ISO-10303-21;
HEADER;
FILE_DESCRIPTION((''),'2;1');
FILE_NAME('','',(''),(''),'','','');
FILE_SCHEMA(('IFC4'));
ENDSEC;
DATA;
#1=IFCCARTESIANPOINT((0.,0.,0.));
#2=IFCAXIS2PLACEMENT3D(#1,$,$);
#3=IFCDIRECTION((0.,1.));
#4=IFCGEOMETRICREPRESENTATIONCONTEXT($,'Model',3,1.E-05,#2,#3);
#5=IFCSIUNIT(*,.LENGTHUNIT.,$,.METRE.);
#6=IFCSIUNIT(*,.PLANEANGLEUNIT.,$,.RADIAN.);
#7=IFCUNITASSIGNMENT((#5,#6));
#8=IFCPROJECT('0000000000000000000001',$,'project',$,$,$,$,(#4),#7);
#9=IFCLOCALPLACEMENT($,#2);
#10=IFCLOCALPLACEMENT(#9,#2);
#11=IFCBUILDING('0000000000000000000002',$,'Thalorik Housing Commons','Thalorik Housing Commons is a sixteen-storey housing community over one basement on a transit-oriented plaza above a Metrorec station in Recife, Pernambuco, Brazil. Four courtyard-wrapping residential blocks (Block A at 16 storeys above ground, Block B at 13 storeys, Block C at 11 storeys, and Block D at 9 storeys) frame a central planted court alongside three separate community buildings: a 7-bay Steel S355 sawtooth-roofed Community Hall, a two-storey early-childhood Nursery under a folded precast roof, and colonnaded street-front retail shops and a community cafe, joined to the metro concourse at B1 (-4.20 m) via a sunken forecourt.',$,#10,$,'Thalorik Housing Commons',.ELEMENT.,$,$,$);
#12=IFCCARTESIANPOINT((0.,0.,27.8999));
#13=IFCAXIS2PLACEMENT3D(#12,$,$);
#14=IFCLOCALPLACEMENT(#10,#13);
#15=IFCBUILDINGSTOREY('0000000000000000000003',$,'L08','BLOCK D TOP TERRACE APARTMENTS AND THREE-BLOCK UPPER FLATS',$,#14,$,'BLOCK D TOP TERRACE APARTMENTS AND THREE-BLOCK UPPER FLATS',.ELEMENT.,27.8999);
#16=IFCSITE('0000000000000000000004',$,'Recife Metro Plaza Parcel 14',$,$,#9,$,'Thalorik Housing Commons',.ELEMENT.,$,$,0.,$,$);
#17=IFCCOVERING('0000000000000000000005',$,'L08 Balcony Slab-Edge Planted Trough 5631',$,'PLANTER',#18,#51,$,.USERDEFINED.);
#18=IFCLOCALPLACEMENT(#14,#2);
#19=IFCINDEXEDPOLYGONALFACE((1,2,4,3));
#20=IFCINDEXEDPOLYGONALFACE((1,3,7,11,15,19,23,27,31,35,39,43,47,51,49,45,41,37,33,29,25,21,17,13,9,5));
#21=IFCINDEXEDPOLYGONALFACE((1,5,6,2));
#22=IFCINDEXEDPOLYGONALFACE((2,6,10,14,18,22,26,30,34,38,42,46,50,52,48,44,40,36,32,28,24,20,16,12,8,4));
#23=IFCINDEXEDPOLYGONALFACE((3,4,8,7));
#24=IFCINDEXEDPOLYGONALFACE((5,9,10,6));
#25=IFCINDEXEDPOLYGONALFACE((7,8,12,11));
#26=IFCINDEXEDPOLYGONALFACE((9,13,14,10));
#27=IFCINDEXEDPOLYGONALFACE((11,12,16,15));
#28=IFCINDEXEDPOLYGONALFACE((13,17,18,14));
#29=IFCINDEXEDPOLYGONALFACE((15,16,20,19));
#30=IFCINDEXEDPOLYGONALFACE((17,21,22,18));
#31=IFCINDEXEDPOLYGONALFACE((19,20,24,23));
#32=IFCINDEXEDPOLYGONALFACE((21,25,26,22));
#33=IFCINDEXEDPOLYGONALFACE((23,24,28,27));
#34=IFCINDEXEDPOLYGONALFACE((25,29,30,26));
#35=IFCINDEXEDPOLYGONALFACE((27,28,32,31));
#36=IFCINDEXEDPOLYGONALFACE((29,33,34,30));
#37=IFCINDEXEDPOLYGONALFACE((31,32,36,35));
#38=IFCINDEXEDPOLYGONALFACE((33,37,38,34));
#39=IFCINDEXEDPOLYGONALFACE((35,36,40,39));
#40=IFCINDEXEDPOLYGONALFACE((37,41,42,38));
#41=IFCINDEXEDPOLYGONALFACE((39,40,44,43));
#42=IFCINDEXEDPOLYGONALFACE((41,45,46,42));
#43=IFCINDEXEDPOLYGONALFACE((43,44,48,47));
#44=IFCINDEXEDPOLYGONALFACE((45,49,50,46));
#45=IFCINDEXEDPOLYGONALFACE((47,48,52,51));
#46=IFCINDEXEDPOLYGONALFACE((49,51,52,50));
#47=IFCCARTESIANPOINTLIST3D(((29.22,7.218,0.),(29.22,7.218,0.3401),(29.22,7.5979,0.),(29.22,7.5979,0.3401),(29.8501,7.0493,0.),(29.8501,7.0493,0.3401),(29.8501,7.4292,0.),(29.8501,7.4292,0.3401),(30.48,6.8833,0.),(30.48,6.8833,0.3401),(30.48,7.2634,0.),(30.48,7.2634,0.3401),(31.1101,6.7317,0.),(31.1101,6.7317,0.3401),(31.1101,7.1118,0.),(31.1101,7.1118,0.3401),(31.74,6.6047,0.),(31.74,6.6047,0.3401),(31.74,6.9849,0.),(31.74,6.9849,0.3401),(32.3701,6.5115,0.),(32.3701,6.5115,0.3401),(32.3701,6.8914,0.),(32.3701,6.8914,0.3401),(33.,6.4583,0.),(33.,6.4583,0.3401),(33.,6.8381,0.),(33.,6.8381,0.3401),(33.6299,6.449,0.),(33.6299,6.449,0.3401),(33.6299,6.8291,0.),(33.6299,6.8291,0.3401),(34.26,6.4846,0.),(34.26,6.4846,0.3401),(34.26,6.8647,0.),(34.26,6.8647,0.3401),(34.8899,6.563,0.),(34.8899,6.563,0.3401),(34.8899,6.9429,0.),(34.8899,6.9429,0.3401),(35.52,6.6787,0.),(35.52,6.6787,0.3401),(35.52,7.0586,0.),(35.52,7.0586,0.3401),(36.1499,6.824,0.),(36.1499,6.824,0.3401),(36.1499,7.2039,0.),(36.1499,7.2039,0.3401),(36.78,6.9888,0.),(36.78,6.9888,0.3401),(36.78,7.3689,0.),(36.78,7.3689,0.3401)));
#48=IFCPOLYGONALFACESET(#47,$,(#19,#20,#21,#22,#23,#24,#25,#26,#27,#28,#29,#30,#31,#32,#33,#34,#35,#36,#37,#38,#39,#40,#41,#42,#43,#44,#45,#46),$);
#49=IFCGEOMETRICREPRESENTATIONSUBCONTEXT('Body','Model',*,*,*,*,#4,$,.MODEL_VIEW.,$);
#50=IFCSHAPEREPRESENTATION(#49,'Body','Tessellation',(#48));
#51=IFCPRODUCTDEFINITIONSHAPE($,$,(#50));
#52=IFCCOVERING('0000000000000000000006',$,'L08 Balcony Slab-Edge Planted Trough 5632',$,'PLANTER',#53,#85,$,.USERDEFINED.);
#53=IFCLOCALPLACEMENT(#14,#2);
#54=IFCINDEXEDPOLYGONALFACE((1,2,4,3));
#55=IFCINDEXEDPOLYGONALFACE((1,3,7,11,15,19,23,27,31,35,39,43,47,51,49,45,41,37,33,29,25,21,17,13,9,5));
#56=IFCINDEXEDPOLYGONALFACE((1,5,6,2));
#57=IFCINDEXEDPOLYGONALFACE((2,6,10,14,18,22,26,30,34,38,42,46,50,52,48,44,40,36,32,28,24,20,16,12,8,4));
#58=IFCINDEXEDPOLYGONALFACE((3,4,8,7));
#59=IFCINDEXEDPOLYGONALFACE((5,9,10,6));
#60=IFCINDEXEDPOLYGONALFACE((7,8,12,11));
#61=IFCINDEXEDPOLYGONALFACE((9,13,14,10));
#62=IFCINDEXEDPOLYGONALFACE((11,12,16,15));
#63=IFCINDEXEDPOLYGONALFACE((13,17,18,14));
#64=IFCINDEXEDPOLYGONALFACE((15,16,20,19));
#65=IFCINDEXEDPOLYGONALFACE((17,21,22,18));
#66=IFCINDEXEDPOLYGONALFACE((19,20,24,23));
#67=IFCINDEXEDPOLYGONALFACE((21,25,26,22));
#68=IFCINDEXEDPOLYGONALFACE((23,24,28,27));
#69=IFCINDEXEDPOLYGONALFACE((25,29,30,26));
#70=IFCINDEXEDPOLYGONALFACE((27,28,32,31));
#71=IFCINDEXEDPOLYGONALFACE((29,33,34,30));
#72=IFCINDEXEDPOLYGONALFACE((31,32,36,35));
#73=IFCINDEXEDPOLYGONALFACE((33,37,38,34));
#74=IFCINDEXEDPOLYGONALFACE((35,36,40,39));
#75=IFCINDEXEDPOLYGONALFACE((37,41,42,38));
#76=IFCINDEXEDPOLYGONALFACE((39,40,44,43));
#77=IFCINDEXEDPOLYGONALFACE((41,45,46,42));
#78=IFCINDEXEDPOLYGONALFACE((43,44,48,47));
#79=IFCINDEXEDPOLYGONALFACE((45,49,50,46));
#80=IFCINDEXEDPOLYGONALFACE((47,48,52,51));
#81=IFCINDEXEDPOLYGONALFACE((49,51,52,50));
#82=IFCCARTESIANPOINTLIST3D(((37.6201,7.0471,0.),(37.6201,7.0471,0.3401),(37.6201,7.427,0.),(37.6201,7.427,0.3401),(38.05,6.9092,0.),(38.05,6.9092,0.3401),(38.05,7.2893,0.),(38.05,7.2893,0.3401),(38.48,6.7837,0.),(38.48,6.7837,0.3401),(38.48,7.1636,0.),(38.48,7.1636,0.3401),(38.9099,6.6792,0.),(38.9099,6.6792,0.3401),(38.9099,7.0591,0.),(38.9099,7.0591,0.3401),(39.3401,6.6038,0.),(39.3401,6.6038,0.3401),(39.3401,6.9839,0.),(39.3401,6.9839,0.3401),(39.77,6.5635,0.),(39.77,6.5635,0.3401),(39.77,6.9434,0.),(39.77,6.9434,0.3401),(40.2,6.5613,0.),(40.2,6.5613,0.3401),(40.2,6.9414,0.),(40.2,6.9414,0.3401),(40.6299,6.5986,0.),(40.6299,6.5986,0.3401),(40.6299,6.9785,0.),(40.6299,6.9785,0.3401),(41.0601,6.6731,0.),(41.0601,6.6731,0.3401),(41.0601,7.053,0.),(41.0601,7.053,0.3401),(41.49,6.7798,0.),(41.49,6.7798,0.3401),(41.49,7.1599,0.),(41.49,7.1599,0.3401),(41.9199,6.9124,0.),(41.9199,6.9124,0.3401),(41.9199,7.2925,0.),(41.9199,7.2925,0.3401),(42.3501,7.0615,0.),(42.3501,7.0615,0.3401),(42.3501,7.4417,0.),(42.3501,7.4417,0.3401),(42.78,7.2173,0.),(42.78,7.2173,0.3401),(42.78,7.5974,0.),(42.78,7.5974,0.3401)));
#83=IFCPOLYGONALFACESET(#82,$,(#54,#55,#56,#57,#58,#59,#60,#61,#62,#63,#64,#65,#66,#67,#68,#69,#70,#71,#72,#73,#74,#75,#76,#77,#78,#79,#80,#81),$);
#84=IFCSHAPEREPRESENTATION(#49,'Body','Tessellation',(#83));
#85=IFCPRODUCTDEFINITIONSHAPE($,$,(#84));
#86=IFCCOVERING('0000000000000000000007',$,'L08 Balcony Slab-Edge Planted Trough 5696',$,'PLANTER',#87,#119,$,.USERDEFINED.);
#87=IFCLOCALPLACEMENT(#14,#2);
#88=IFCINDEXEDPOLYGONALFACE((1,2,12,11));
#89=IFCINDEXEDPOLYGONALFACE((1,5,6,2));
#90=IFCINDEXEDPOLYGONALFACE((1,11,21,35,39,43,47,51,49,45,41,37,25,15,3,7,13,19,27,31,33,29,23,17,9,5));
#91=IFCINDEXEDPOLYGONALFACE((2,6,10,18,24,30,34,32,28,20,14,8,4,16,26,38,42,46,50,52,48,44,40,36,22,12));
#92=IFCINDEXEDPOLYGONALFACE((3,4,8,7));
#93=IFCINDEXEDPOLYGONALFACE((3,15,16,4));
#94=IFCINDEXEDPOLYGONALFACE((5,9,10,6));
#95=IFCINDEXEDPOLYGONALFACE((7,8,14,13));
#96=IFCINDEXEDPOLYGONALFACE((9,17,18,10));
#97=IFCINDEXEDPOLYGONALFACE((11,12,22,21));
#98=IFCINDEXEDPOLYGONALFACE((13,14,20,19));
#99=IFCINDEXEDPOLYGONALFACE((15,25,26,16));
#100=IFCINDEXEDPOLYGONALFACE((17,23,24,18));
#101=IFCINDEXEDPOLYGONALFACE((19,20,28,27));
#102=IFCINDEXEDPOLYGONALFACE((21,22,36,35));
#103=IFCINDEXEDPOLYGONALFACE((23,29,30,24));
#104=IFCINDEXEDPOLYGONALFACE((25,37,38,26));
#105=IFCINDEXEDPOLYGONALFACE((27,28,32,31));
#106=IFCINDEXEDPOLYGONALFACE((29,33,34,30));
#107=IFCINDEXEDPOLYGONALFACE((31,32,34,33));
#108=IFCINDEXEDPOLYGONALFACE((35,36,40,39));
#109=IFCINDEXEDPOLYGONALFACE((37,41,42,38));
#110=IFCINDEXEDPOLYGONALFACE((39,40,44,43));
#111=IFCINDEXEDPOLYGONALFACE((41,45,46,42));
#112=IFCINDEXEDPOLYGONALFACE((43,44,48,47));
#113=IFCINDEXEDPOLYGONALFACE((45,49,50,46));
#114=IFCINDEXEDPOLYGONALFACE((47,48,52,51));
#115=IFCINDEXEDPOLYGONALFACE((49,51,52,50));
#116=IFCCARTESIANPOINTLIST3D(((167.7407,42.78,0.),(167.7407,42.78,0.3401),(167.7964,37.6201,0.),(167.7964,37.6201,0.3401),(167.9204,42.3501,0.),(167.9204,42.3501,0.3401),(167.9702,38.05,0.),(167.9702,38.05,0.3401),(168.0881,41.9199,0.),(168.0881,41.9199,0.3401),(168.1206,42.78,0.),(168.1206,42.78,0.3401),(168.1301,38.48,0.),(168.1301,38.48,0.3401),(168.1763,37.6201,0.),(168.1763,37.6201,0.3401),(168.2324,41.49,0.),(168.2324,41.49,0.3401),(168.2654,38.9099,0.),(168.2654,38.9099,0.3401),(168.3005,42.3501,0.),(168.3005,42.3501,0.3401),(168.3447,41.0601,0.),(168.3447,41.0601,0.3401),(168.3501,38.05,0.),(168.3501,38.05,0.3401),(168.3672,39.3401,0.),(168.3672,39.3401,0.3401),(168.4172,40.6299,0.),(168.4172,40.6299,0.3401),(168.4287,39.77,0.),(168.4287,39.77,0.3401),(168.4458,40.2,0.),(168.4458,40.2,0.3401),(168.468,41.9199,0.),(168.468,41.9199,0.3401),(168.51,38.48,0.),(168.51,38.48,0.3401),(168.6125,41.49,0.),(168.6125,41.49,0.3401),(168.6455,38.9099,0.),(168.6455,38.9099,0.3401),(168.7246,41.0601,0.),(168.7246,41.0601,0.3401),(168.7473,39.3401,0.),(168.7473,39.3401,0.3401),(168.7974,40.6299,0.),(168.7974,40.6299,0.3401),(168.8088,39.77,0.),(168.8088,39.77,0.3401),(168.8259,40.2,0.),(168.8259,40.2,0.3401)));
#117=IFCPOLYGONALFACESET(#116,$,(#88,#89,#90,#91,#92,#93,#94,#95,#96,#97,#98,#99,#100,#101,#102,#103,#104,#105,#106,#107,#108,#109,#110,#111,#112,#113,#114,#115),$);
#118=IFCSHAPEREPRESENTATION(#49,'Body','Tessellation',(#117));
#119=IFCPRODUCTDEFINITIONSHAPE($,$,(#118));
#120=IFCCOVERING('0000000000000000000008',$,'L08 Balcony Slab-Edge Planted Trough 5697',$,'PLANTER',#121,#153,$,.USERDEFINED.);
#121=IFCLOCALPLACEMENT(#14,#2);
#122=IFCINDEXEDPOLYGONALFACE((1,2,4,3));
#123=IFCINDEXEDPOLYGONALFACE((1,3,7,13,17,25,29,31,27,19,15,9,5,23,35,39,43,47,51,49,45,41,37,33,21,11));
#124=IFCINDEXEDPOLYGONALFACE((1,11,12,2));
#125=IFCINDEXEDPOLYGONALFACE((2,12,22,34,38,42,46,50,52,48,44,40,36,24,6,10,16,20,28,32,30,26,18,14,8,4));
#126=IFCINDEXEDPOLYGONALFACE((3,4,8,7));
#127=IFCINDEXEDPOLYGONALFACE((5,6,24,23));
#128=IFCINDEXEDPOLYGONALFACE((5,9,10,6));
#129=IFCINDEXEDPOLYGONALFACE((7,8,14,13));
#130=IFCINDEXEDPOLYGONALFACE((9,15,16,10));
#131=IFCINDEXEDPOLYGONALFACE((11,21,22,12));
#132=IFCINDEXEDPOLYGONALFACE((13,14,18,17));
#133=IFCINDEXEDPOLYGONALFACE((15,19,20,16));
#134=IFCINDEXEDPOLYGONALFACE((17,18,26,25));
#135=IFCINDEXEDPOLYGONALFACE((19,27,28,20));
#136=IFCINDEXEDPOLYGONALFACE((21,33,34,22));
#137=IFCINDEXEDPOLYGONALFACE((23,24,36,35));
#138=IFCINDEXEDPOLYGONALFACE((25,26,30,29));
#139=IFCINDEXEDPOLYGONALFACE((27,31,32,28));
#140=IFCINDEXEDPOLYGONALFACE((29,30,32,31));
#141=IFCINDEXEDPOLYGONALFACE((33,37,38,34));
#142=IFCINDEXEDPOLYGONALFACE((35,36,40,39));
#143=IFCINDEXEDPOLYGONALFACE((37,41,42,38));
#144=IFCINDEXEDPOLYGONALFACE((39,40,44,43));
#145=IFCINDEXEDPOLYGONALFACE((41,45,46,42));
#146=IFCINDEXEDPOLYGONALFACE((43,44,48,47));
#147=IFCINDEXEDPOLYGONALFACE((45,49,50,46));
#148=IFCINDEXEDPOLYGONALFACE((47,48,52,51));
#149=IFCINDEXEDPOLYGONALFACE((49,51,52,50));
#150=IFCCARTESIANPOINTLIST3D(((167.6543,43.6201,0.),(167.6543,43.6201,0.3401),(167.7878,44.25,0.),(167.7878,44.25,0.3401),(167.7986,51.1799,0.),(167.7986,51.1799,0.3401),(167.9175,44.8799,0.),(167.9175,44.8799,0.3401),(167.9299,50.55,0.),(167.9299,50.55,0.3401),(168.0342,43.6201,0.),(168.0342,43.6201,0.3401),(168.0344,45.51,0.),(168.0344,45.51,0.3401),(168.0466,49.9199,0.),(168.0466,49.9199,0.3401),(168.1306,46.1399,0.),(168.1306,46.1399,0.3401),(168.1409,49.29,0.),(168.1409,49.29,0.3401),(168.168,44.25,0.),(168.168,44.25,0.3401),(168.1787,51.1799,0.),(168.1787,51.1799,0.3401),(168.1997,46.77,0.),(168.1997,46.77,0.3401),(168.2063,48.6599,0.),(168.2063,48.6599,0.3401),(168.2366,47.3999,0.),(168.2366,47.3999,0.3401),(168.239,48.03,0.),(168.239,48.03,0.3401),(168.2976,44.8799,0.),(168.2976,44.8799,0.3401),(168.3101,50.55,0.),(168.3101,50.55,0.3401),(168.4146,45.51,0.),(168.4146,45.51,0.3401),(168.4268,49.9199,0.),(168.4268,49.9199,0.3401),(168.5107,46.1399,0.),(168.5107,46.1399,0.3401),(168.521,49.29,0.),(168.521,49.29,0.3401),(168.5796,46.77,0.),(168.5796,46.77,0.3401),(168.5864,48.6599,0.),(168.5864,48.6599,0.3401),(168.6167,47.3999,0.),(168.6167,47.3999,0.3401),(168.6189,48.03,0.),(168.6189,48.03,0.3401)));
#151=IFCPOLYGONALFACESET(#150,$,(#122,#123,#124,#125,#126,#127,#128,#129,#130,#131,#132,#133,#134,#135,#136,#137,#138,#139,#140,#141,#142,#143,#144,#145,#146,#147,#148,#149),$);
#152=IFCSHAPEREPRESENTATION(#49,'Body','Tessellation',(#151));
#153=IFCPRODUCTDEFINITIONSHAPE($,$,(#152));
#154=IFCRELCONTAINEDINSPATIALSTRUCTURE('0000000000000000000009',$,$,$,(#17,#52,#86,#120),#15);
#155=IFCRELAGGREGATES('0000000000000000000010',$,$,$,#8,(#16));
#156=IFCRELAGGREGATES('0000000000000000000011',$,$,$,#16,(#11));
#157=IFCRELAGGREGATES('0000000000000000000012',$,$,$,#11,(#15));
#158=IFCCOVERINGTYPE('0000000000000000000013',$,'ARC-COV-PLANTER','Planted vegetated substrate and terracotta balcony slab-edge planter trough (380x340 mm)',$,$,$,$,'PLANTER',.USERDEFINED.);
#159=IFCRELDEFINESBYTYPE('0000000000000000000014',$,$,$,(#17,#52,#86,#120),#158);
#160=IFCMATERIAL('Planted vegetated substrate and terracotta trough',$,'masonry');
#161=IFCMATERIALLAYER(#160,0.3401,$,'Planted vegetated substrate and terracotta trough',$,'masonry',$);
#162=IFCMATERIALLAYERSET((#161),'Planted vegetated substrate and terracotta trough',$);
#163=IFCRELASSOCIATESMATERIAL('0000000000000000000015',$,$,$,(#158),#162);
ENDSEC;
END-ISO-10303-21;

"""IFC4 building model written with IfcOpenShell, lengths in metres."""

from ifc_helpers import new_model, si_unit, direction, frame, origin, place, context, subcontext, project, spatial, polyline, outline, extrude, material, layer, layer_set, type_object, element, save


model = new_model("IFC4")

# Units and contexts
model_context = context("Model", 3, precision=1e-05, world=origin(), true_north=direction((0.0, 1.0)))
body_context = subcontext(model_context, "Body", "Model", "MODEL_VIEW")
ifc_project = project(units=[si_unit("LENGTHUNIT", "METRE"), si_unit("PLANEANGLEUNIT", "RADIAN")], contexts=[model_context])

# Site, building, storey
site_placement = place(None, origin())
site = spatial("IfcSite", under=ifc_project, at=site_placement, Name="Recife Metro Plaza Parcel 14", LongName="Thalorik Housing Commons", CompositionType="ELEMENT", RefElevation=0.0)
building_placement = place(site_placement, origin())
building = spatial("IfcBuilding", under=site, at=building_placement, Name="Thalorik Housing Commons", Description="Thalorik Housing Commons is a sixteen-storey housing community over one basement on a transit-oriented plaza above a Metrorec station in Recife, Pernambuco, Brazil. Four courtyard-wrapping residential blocks (Block A at 16 storeys above ground, Block B at 13 storeys, Block C at 11 storeys, and Block D at 9 storeys) frame a central planted court alongside three separate community buildings: a 7-bay Steel S355 sawtooth-roofed Community Hall, a two-storey early-childhood Nursery under a folded precast roof, and colonnaded street-front retail shops and a community cafe, joined to the metro concourse at B1 (-4.20 m) via a sunken forecourt.", LongName="Thalorik Housing Commons", CompositionType="ELEMENT")
storey_placement = place(building_placement, frame((0.0, 0.0, 27.8999)))
storey = spatial("IfcBuildingStorey", under=building, at=storey_placement, Name="L08", Description="BLOCK D TOP TERRACE APARTMENTS AND THREE-BLOCK UPPER FLATS", LongName="BLOCK D TOP TERRACE APARTMENTS AND THREE-BLOCK UPPER FLATS", CompositionType="ELEMENT", Elevation=27.8999)

# Coverings
ifc_material_1 = material(Name="Planted vegetated substrate and terracotta trough", Category="masonry")
ifc_layer_1 = layer(ifc_material_1, 0.3401, Name="Planted vegetated substrate and terracotta trough", Category="masonry")
ifc_layer_set_1 = layer_set([ifc_layer_1], Name="Planted vegetated substrate and terracotta trough")
covering_type = type_object("IfcCoveringType", Name="ARC-COV-PLANTER", Description="Planted vegetated substrate and terracotta balcony slab-edge planter trough (380x340 mm)", ElementType="PLANTER", PredefinedType="USERDEFINED", material=ifc_layer_set_1)
covering_1_placement = place(storey_placement, origin())
element("IfcCovering", 1, at=covering_1_placement, inside=storey, type_object=covering_type, Name="L08 Balcony Slab-Edge Planted Trough 5631", ObjectType="PLANTER", PredefinedType="USERDEFINED", context=body_context, shape_type="SweptSolid", body=[
    extrude(outline(polyline([(29.22, 7.218), (29.8501, 7.0493), (30.48, 6.8833), (31.1101, 6.7317), (31.74, 6.6047), (32.3701, 6.5115), (33.0, 6.4583), (33.6299, 6.449), (34.26, 6.4846), (34.8899, 6.563), (35.52, 6.6787), (36.1499, 6.824), (36.78, 6.9888), (36.78, 7.3689), (36.1499, 7.2039), (35.52, 7.0586), (34.8899, 6.9429), (34.26, 6.8647), (33.6299, 6.8291), (33.0, 6.8381), (32.3701, 6.8914), (31.74, 6.9849), (31.1101, 7.1118), (30.48, 7.2634), (29.8501, 7.4292), (29.22, 7.5979), (29.22, 7.218)])), origin(), (0.0, 0.0, 1.0), 0.3401),
])
covering_2_placement = place(storey_placement, origin())
element("IfcCovering", 2, at=covering_2_placement, inside=storey, type_object=covering_type, Name="L08 Balcony Slab-Edge Planted Trough 5632", ObjectType="PLANTER", PredefinedType="USERDEFINED", context=body_context, shape_type="SweptSolid", body=[
    extrude(outline(polyline([(37.6201, 7.0471), (38.05, 6.9092), (38.48, 6.7837), (38.9099, 6.6792), (39.3401, 6.6038), (39.77, 6.5635), (40.2, 6.5613), (40.6299, 6.5986), (41.0601, 6.6731), (41.49, 6.7798), (41.9199, 6.9124), (42.3501, 7.0615), (42.78, 7.2173), (42.78, 7.5974), (42.3501, 7.4417), (41.9199, 7.2925), (41.49, 7.1599), (41.0601, 7.053), (40.6299, 6.9785), (40.2, 6.9414), (39.77, 6.9434), (39.3401, 6.9839), (38.9099, 7.0591), (38.48, 7.1636), (38.05, 7.2893), (37.6201, 7.427), (37.6201, 7.0471)])), origin(), (0.0, 0.0, 1.0), 0.3401),
])
covering_3_placement = place(storey_placement, origin())
element("IfcCovering", 3, at=covering_3_placement, inside=storey, type_object=covering_type, Name="L08 Balcony Slab-Edge Planted Trough 5696", ObjectType="PLANTER", PredefinedType="USERDEFINED", context=body_context, shape_type="SweptSolid", body=[
    extrude(outline(polyline([(168.1763, 37.6201), (168.3501, 38.05), (168.51, 38.48), (168.6455, 38.9099), (168.7473, 39.3401), (168.8088, 39.77), (168.8259, 40.2), (168.7974, 40.6299), (168.7246, 41.0601), (168.6125, 41.49), (168.468, 41.9199), (168.3005, 42.3501), (168.1206, 42.78), (167.7407, 42.78), (167.9204, 42.3501), (168.0881, 41.9199), (168.2324, 41.49), (168.3447, 41.0601), (168.4172, 40.6299), (168.4458, 40.2), (168.4287, 39.77), (168.3672, 39.3401), (168.2654, 38.9099), (168.1301, 38.48), (167.9702, 38.05), (167.7964, 37.6201), (168.1763, 37.6201)])), origin(), (0.0, 0.0, 1.0), 0.3401),
])
covering_4_placement = place(storey_placement, origin())
element("IfcCovering", 4, at=covering_4_placement, inside=storey, type_object=covering_type, Name="L08 Balcony Slab-Edge Planted Trough 5697", ObjectType="PLANTER", PredefinedType="USERDEFINED", context=body_context, shape_type="SweptSolid", body=[
    extrude(outline(polyline([(168.0342, 43.6201), (168.168, 44.25), (168.2976, 44.8799), (168.4146, 45.51), (168.5107, 46.1399), (168.5796, 46.77), (168.6167, 47.3999), (168.6189, 48.03), (168.5864, 48.6599), (168.521, 49.29), (168.4268, 49.9199), (168.3101, 50.55), (168.1787, 51.1799), (167.7986, 51.1799), (167.9299, 50.55), (168.0466, 49.9199), (168.1409, 49.29), (168.2063, 48.6599), (168.239, 48.03), (168.2366, 47.3999), (168.1997, 46.77), (168.1306, 46.1399), (168.0344, 45.51), (167.9175, 44.8799), (167.7878, 44.25), (167.6543, 43.6201), (168.0342, 43.6201)])), origin(), (0.0, 0.0, 1.0), 0.3401),
])

save(model, "model.ifc")
